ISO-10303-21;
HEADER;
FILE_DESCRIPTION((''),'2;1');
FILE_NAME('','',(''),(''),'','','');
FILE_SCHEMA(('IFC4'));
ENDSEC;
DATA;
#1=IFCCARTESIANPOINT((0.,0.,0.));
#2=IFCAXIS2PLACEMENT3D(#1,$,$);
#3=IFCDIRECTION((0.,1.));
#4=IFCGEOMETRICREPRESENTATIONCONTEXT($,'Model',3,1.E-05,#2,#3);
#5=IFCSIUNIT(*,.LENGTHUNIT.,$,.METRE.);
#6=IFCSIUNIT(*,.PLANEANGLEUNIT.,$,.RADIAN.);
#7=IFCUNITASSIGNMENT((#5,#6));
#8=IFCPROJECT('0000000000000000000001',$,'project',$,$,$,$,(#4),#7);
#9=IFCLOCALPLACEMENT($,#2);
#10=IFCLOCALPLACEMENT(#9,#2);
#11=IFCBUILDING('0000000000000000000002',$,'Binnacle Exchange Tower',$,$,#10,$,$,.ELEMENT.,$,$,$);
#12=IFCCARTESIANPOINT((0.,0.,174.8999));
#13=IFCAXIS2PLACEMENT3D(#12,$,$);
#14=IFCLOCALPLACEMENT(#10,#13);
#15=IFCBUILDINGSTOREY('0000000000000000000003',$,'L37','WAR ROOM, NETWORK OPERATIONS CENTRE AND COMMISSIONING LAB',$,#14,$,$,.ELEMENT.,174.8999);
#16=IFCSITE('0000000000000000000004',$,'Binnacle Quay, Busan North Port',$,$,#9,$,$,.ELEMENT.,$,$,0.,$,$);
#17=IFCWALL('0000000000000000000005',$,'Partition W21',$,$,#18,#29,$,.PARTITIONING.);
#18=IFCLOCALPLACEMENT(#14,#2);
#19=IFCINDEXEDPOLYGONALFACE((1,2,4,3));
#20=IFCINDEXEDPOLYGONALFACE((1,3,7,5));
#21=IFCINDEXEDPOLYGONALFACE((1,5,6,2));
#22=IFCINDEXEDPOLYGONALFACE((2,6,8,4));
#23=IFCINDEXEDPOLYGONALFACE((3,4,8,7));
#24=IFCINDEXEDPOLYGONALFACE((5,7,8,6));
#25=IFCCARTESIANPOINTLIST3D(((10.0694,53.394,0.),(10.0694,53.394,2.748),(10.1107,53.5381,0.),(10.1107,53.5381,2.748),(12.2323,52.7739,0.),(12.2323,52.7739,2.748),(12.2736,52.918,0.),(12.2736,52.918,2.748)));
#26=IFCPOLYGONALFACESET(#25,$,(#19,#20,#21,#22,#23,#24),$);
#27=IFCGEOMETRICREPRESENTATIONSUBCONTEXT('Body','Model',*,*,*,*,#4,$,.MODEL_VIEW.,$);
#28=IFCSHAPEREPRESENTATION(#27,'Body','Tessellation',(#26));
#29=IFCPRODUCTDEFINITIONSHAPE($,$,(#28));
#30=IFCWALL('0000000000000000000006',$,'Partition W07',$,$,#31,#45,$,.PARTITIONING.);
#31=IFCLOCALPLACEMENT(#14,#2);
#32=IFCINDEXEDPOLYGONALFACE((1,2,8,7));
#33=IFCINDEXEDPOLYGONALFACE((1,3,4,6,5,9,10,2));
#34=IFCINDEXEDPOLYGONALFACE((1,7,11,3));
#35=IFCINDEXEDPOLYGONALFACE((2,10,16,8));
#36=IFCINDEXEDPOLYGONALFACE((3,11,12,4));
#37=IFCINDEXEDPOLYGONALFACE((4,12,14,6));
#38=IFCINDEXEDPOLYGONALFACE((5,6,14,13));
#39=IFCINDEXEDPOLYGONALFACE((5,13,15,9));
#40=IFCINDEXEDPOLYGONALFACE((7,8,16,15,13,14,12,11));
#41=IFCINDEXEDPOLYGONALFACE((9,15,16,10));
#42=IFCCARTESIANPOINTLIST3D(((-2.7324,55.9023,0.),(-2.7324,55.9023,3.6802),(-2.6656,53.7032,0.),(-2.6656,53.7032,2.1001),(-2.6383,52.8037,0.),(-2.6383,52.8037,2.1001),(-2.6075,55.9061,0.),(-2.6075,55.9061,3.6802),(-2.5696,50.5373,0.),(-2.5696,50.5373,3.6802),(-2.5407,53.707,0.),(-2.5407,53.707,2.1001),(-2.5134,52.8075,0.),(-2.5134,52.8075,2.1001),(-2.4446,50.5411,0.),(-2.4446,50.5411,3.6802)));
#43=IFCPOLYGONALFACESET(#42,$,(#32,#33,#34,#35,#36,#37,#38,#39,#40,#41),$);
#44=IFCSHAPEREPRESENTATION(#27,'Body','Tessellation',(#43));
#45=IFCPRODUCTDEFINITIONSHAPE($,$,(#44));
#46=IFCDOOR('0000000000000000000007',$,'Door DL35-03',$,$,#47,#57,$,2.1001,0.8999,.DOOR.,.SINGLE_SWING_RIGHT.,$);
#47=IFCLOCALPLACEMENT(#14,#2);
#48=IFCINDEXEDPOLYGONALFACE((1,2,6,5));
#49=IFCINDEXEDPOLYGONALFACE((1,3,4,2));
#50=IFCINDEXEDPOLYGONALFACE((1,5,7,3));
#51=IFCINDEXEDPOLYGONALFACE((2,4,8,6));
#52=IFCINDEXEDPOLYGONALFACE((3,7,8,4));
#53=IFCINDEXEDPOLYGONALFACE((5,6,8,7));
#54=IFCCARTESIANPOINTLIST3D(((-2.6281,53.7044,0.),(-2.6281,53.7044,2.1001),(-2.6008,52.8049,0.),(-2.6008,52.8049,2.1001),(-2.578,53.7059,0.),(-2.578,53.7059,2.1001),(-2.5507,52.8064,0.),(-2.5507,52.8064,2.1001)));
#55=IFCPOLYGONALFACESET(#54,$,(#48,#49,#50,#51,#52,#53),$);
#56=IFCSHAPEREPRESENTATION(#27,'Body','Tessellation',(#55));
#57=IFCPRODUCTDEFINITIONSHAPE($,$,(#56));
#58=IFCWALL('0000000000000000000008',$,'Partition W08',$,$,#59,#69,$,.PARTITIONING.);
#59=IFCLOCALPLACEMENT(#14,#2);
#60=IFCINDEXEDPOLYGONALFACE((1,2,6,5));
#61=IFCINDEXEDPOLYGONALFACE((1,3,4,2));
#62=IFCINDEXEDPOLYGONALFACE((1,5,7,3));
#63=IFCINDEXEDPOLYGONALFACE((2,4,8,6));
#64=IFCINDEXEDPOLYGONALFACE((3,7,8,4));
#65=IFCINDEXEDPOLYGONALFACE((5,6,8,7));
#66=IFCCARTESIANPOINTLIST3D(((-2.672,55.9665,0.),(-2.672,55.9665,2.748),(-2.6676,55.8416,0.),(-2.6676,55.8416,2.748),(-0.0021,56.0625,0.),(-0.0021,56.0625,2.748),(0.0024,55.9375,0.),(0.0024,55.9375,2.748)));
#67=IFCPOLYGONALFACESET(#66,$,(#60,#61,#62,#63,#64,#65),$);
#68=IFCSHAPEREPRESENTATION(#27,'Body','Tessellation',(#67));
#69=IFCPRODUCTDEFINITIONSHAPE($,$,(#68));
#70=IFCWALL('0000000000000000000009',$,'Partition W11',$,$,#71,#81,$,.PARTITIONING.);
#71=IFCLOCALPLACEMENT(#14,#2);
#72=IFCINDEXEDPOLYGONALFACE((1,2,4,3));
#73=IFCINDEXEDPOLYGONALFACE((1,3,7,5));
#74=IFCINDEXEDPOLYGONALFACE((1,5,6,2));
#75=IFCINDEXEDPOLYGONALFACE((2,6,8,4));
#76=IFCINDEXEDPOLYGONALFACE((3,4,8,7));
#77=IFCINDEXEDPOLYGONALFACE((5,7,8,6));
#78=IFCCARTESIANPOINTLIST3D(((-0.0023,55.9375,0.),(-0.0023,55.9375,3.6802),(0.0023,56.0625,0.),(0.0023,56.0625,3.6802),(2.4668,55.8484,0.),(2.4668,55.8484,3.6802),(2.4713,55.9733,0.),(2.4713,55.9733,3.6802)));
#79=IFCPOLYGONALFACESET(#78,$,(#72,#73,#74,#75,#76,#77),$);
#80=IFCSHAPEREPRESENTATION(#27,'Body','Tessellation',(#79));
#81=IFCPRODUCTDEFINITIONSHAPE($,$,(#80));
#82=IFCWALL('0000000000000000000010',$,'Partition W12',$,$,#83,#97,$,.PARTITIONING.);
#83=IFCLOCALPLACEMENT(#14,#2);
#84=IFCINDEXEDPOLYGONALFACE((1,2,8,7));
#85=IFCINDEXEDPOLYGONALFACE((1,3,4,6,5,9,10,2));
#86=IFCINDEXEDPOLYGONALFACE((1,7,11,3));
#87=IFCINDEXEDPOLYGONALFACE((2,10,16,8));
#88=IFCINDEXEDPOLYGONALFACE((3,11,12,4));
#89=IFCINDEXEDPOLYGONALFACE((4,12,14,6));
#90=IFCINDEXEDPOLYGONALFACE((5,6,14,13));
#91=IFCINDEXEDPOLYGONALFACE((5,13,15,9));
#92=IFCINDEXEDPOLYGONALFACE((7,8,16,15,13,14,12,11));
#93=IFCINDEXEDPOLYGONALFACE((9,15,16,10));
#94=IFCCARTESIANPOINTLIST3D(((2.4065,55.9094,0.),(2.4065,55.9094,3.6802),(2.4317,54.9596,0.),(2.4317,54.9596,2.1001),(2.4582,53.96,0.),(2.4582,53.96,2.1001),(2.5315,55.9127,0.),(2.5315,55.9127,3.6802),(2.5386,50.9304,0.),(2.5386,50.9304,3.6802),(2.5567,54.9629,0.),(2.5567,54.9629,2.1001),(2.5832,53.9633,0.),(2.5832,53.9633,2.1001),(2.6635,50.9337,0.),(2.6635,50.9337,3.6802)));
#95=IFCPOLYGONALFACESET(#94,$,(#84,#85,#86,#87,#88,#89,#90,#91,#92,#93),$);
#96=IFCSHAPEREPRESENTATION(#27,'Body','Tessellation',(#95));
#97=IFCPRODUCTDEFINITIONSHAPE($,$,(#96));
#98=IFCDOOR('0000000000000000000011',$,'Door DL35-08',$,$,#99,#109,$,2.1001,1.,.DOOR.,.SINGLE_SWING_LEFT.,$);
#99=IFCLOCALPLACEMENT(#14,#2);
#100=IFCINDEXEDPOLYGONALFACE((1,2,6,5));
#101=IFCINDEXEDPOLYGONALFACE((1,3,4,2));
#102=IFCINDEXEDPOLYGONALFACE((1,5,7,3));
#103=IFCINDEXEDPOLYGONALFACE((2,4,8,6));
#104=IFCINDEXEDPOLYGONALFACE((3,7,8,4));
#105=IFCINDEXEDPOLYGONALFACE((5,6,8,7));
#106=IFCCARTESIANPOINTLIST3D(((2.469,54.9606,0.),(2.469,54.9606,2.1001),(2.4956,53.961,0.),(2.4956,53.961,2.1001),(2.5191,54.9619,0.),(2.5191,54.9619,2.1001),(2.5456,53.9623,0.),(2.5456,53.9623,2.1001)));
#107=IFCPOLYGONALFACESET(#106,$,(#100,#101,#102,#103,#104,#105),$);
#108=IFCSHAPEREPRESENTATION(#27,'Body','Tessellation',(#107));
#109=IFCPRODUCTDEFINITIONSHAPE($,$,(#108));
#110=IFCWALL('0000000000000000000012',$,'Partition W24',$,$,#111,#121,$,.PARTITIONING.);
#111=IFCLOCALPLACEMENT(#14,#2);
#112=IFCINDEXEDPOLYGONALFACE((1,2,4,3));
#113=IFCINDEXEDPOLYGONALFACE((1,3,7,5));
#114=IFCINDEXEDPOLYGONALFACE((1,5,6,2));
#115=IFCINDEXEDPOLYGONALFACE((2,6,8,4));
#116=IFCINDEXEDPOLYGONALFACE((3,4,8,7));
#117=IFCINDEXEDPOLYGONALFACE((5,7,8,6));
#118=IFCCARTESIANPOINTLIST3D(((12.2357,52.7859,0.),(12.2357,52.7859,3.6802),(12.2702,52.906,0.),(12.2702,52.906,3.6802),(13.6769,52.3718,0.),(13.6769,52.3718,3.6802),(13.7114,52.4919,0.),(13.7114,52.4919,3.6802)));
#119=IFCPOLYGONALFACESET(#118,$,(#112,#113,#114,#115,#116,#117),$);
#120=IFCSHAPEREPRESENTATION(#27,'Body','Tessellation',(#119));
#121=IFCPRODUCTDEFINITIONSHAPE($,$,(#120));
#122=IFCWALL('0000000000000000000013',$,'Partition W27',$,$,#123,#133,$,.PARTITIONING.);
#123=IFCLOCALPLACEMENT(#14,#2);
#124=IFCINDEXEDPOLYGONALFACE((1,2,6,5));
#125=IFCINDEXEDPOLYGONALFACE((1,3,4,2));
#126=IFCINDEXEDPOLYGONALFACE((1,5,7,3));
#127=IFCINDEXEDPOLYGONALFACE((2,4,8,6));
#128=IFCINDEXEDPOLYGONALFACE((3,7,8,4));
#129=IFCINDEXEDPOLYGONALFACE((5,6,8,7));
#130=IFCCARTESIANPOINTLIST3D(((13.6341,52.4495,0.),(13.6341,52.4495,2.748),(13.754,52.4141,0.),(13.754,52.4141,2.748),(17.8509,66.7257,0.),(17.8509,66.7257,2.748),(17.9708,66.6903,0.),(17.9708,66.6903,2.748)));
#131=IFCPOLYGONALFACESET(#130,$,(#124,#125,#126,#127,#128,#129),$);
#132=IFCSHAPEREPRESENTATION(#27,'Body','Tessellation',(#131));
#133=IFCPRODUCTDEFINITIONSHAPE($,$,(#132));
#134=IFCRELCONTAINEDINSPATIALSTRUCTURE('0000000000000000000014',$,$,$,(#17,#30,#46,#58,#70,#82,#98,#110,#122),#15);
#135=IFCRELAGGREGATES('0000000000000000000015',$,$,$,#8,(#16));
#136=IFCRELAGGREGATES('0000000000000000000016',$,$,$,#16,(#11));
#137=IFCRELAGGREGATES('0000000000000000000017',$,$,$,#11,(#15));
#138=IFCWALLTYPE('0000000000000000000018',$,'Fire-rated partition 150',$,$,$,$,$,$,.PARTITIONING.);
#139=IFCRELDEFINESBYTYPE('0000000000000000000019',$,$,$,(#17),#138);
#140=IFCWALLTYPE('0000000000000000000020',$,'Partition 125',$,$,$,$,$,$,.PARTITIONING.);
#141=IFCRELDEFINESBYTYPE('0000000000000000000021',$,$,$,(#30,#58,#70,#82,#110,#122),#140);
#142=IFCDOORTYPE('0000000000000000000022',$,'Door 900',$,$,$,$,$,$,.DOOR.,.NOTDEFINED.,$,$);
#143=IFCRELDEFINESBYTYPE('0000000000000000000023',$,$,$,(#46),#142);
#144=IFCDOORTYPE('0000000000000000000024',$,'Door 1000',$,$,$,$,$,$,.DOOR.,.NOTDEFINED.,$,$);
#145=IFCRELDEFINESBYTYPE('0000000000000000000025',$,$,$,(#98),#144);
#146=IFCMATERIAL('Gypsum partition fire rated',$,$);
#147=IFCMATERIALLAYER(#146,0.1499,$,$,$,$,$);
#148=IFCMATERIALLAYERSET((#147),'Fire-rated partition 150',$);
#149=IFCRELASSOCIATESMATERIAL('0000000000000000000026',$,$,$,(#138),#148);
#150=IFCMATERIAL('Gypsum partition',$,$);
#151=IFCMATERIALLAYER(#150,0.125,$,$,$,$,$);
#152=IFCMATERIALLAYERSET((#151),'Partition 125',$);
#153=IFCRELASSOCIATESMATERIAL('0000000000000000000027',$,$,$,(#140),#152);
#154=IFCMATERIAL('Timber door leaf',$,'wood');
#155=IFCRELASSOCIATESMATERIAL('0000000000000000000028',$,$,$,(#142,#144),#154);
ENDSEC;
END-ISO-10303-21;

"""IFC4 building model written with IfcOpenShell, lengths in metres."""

from ifc_helpers import new_model, si_unit, direction, frame, frame_2d, origin, place, context, subcontext, project, spatial, rectangle, extrude, material, layer, layer_set, type_object, element, fill, save


model = new_model("IFC4")

# Units and contexts
model_context = context("Model", 3, precision=1e-05, world=origin(), true_north=direction((0.0, 1.0)))
body_context = subcontext(model_context, "Body", "Model", "MODEL_VIEW")
ifc_project = project(units=[si_unit("LENGTHUNIT", "METRE"), si_unit("PLANEANGLEUNIT", "RADIAN")], contexts=[model_context])

# Site, building, storey
site_placement = place(None, origin())
site = spatial("IfcSite", under=ifc_project, at=site_placement, Name="Binnacle Quay, Busan North Port", CompositionType="ELEMENT", RefElevation=0.0)
building_placement = place(site_placement, origin())
building = spatial("IfcBuilding", under=site, at=building_placement, Name="Binnacle Exchange Tower", CompositionType="ELEMENT")
storey_placement = place(building_placement, frame((0.0, 0.0, 174.8999)))
storey = spatial("IfcBuildingStorey", under=building, at=storey_placement, Name="L37", Description="WAR ROOM, NETWORK OPERATIONS CENTRE AND COMMISSIONING LAB", CompositionType="ELEMENT", Elevation=174.8999)

# Shared definitions
ifc_material_1 = material(Name="Gypsum partition fire rated")
ifc_layer_1 = layer(ifc_material_1, 0.1499)
ifc_layer_set_1 = layer_set([ifc_layer_1], Name="Fire-rated partition 150")
wall_type_1 = type_object("IfcWallType", Name="Fire-rated partition 150", PredefinedType="PARTITIONING", material=ifc_layer_set_1)

# Wall
wall_1_placement = place(storey_placement, frame((10.0901, 53.4661, 0.0), z_axis=(0.0, 0.0, 1.0), x_axis=(0.96127, -0.27561, 0.0)))
element("IfcWall", 1, at=wall_1_placement, inside=storey, type_object=wall_type_1, Name="Partition W21", PredefinedType="PARTITIONING", context=body_context, shape_type="SweptSolid", body=[
    extrude(rectangle(XDim=2.25, YDim=0.1499, at=frame_2d((1.125, 0.0))), origin(), (0.0, 0.0, 1.0), 2.748),
])

# Wall, opening, door
ifc_material_2 = material(Name="Gypsum partition")
ifc_layer_2 = layer(ifc_material_2, 0.125)
ifc_layer_set_2 = layer_set([ifc_layer_2], Name="Partition 125")
wall_type_2 = type_object("IfcWallType", Name="Partition 125", PredefinedType="PARTITIONING", material=ifc_layer_set_2)
wall_2_placement = place(storey_placement, frame((-2.6699, 55.9041, 0.0), z_axis=(0.0, 0.0, 1.0), x_axis=(0.030339, -0.99954, 0.0)))
wall_2 = element("IfcWall", 2, at=wall_2_placement, inside=storey, type_object=wall_type_2, Name="Partition W07", PredefinedType="PARTITIONING", context=body_context, shape_type="SweptSolid", body=[
    extrude(rectangle(XDim=5.3674, YDim=0.125, at=frame_2d((2.6836, 0.0))), origin(), (0.0, 0.0, 1.0), 3.6802),
])
opening_1_placement = place(wall_2_placement, frame((2.2, 0.0, 0.0)))
opening_1 = element("IfcOpeningElement", 3, at=opening_1_placement, cuts=wall_2, PredefinedType="OPENING", context=body_context, shape_type="SweptSolid", body=[
    extrude(rectangle(XDim=0.8999, YDim=2.1001, at=frame_2d((0.45, 1.05))), frame((0.0, 0.0725, 0.0), z_axis=(0.0, -1.0, 0.0), x_axis=(1.0, 0.0, 0.0)), (0.0, 0.0, 1.0), 0.145),
])
ifc_material_3 = material(Name="Timber door leaf", Category="wood")
door_type_1 = type_object("IfcDoorType", Name="Door 900", OperationType="NOTDEFINED", PredefinedType="DOOR", material=ifc_material_3)
door_1_placement = place(opening_1_placement, frame((0.8999, 0.0, 0.0), z_axis=(0.0, 0.0, 1.0), x_axis=(-1.0, 0.0, 0.0)))
door_1 = element("IfcDoor", 4, at=door_1_placement, inside=storey, type_object=door_type_1, Name="Door DL35-03", OperationType="SINGLE_SWING_RIGHT", OverallHeight=2.1001, OverallWidth=0.8999, PredefinedType="DOOR", context=body_context, shape_type="SweptSolid", body=[
    extrude(rectangle(XDim=0.8999, YDim=2.1001, at=frame_2d((0.45, 1.05))), frame((0.0, 0.0249, 0.0), z_axis=(0.0, -1.0, 0.0), x_axis=(1.0, 0.0, 0.0)), (0.0, 0.0, 1.0), 0.05),
])
fill(opening_1, door_1)

# Walls
wall_3_placement = place(storey_placement, frame((-2.6699, 55.9041, 0.0), z_axis=(0.0, 0.0, 1.0), x_axis=(0.999355, 0.035913, 0.0)))
element("IfcWall", 5, at=wall_3_placement, inside=storey, type_object=wall_type_2, Name="Partition W08", PredefinedType="PARTITIONING", context=body_context, shape_type="SweptSolid", body=[
    extrude(rectangle(XDim=2.6716, YDim=0.125, at=frame_2d((1.3359, 0.0))), origin(), (0.0, 0.0, 1.0), 2.748),
])
wall_4_placement = place(storey_placement, frame((0.0, 56.0, 0.0), z_axis=(0.0, 0.0, 1.0), x_axis=(0.999349, -0.036069, 0.0)))
element("IfcWall", 6, at=wall_4_placement, inside=storey, type_object=wall_type_2, Name="Partition W11", PredefinedType="PARTITIONING", context=body_context, shape_type="SweptSolid", body=[
    extrude(rectangle(XDim=2.4707, YDim=0.125, at=frame_2d((1.2354, 0.0))), origin(), (0.0, 0.0, 1.0), 3.6802),
])

# Wall, opening, door
wall_5_placement = place(storey_placement, frame((2.469, 55.9109, 0.0), z_axis=(0.0, 0.0, 1.0), x_axis=(0.026518, -0.999648, 0.0)))
wall_5 = element("IfcWall", 7, at=wall_5_placement, inside=storey, type_object=wall_type_2, Name="Partition W12", PredefinedType="PARTITIONING", context=body_context, shape_type="SweptSolid", body=[
    extrude(rectangle(XDim=4.9807, YDim=0.125, at=frame_2d((2.4902, 0.0))), origin(), (0.0, 0.0, 1.0), 3.6802),
])
opening_2_placement = place(wall_5_placement, frame((0.95, 0.0, 0.0)))
opening_2 = element("IfcOpeningElement", 8, at=opening_2_placement, cuts=wall_5, PredefinedType="OPENING", context=body_context, shape_type="SweptSolid", body=[
    extrude(rectangle(XDim=1.0, YDim=2.1001, at=frame_2d((0.5, 1.05))), frame((0.0, 0.0725, 0.0), z_axis=(0.0, -1.0, 0.0), x_axis=(1.0, 0.0, 0.0)), (0.0, 0.0, 1.0), 0.145),
])
door_type_2 = type_object("IfcDoorType", Name="Door 1000", OperationType="NOTDEFINED", PredefinedType="DOOR", material=ifc_material_3)
door_2_placement = place(opening_2_placement, origin())
door_2 = element("IfcDoor", 9, at=door_2_placement, inside=storey, type_object=door_type_2, Name="Door DL35-08", OperationType="SINGLE_SWING_LEFT", OverallHeight=2.1001, OverallWidth=1.0, PredefinedType="DOOR", context=body_context, shape_type="SweptSolid", body=[
    extrude(rectangle(XDim=1.0, YDim=2.1001, at=frame_2d((0.5, 1.05))), frame((0.0, 0.0249, 0.0), z_axis=(0.0, -1.0, 0.0), x_axis=(1.0, 0.0, 0.0)), (0.0, 0.0, 1.0), 0.05),
])
fill(opening_2, door_2)

# Walls
wall_6_placement = place(storey_placement, frame((12.2529, 52.8459, 0.0), z_axis=(0.0, 0.0, 1.0), x_axis=(0.961117, -0.27614, 0.0)))
element("IfcWall", 10, at=wall_6_placement, inside=storey, type_object=wall_type_2, Name="Partition W24", PredefinedType="PARTITIONING", context=body_context, shape_type="SweptSolid", body=[
    extrude(rectangle(XDim=1.4995, YDim=0.125, at=frame_2d((0.7498, 0.0))), origin(), (0.0, 0.0, 1.0), 3.6802),
])
wall_7_placement = place(storey_placement, frame((13.6941, 52.4319, 0.0), z_axis=(0.0, 0.0, 1.0), x_axis=(0.283275, 0.959039, 0.0)))
element("IfcWall", 11, at=wall_7_placement, inside=storey, type_object=wall_type_2, Name="Partition W27", PredefinedType="PARTITIONING", context=body_context, shape_type="SweptSolid", body=[
    extrude(rectangle(XDim=14.886, YDim=0.125, at=frame_2d((7.4429, 0.0))), origin(), (0.0, 0.0, 1.0), 2.748),
])

save(model, "model.ifc")
